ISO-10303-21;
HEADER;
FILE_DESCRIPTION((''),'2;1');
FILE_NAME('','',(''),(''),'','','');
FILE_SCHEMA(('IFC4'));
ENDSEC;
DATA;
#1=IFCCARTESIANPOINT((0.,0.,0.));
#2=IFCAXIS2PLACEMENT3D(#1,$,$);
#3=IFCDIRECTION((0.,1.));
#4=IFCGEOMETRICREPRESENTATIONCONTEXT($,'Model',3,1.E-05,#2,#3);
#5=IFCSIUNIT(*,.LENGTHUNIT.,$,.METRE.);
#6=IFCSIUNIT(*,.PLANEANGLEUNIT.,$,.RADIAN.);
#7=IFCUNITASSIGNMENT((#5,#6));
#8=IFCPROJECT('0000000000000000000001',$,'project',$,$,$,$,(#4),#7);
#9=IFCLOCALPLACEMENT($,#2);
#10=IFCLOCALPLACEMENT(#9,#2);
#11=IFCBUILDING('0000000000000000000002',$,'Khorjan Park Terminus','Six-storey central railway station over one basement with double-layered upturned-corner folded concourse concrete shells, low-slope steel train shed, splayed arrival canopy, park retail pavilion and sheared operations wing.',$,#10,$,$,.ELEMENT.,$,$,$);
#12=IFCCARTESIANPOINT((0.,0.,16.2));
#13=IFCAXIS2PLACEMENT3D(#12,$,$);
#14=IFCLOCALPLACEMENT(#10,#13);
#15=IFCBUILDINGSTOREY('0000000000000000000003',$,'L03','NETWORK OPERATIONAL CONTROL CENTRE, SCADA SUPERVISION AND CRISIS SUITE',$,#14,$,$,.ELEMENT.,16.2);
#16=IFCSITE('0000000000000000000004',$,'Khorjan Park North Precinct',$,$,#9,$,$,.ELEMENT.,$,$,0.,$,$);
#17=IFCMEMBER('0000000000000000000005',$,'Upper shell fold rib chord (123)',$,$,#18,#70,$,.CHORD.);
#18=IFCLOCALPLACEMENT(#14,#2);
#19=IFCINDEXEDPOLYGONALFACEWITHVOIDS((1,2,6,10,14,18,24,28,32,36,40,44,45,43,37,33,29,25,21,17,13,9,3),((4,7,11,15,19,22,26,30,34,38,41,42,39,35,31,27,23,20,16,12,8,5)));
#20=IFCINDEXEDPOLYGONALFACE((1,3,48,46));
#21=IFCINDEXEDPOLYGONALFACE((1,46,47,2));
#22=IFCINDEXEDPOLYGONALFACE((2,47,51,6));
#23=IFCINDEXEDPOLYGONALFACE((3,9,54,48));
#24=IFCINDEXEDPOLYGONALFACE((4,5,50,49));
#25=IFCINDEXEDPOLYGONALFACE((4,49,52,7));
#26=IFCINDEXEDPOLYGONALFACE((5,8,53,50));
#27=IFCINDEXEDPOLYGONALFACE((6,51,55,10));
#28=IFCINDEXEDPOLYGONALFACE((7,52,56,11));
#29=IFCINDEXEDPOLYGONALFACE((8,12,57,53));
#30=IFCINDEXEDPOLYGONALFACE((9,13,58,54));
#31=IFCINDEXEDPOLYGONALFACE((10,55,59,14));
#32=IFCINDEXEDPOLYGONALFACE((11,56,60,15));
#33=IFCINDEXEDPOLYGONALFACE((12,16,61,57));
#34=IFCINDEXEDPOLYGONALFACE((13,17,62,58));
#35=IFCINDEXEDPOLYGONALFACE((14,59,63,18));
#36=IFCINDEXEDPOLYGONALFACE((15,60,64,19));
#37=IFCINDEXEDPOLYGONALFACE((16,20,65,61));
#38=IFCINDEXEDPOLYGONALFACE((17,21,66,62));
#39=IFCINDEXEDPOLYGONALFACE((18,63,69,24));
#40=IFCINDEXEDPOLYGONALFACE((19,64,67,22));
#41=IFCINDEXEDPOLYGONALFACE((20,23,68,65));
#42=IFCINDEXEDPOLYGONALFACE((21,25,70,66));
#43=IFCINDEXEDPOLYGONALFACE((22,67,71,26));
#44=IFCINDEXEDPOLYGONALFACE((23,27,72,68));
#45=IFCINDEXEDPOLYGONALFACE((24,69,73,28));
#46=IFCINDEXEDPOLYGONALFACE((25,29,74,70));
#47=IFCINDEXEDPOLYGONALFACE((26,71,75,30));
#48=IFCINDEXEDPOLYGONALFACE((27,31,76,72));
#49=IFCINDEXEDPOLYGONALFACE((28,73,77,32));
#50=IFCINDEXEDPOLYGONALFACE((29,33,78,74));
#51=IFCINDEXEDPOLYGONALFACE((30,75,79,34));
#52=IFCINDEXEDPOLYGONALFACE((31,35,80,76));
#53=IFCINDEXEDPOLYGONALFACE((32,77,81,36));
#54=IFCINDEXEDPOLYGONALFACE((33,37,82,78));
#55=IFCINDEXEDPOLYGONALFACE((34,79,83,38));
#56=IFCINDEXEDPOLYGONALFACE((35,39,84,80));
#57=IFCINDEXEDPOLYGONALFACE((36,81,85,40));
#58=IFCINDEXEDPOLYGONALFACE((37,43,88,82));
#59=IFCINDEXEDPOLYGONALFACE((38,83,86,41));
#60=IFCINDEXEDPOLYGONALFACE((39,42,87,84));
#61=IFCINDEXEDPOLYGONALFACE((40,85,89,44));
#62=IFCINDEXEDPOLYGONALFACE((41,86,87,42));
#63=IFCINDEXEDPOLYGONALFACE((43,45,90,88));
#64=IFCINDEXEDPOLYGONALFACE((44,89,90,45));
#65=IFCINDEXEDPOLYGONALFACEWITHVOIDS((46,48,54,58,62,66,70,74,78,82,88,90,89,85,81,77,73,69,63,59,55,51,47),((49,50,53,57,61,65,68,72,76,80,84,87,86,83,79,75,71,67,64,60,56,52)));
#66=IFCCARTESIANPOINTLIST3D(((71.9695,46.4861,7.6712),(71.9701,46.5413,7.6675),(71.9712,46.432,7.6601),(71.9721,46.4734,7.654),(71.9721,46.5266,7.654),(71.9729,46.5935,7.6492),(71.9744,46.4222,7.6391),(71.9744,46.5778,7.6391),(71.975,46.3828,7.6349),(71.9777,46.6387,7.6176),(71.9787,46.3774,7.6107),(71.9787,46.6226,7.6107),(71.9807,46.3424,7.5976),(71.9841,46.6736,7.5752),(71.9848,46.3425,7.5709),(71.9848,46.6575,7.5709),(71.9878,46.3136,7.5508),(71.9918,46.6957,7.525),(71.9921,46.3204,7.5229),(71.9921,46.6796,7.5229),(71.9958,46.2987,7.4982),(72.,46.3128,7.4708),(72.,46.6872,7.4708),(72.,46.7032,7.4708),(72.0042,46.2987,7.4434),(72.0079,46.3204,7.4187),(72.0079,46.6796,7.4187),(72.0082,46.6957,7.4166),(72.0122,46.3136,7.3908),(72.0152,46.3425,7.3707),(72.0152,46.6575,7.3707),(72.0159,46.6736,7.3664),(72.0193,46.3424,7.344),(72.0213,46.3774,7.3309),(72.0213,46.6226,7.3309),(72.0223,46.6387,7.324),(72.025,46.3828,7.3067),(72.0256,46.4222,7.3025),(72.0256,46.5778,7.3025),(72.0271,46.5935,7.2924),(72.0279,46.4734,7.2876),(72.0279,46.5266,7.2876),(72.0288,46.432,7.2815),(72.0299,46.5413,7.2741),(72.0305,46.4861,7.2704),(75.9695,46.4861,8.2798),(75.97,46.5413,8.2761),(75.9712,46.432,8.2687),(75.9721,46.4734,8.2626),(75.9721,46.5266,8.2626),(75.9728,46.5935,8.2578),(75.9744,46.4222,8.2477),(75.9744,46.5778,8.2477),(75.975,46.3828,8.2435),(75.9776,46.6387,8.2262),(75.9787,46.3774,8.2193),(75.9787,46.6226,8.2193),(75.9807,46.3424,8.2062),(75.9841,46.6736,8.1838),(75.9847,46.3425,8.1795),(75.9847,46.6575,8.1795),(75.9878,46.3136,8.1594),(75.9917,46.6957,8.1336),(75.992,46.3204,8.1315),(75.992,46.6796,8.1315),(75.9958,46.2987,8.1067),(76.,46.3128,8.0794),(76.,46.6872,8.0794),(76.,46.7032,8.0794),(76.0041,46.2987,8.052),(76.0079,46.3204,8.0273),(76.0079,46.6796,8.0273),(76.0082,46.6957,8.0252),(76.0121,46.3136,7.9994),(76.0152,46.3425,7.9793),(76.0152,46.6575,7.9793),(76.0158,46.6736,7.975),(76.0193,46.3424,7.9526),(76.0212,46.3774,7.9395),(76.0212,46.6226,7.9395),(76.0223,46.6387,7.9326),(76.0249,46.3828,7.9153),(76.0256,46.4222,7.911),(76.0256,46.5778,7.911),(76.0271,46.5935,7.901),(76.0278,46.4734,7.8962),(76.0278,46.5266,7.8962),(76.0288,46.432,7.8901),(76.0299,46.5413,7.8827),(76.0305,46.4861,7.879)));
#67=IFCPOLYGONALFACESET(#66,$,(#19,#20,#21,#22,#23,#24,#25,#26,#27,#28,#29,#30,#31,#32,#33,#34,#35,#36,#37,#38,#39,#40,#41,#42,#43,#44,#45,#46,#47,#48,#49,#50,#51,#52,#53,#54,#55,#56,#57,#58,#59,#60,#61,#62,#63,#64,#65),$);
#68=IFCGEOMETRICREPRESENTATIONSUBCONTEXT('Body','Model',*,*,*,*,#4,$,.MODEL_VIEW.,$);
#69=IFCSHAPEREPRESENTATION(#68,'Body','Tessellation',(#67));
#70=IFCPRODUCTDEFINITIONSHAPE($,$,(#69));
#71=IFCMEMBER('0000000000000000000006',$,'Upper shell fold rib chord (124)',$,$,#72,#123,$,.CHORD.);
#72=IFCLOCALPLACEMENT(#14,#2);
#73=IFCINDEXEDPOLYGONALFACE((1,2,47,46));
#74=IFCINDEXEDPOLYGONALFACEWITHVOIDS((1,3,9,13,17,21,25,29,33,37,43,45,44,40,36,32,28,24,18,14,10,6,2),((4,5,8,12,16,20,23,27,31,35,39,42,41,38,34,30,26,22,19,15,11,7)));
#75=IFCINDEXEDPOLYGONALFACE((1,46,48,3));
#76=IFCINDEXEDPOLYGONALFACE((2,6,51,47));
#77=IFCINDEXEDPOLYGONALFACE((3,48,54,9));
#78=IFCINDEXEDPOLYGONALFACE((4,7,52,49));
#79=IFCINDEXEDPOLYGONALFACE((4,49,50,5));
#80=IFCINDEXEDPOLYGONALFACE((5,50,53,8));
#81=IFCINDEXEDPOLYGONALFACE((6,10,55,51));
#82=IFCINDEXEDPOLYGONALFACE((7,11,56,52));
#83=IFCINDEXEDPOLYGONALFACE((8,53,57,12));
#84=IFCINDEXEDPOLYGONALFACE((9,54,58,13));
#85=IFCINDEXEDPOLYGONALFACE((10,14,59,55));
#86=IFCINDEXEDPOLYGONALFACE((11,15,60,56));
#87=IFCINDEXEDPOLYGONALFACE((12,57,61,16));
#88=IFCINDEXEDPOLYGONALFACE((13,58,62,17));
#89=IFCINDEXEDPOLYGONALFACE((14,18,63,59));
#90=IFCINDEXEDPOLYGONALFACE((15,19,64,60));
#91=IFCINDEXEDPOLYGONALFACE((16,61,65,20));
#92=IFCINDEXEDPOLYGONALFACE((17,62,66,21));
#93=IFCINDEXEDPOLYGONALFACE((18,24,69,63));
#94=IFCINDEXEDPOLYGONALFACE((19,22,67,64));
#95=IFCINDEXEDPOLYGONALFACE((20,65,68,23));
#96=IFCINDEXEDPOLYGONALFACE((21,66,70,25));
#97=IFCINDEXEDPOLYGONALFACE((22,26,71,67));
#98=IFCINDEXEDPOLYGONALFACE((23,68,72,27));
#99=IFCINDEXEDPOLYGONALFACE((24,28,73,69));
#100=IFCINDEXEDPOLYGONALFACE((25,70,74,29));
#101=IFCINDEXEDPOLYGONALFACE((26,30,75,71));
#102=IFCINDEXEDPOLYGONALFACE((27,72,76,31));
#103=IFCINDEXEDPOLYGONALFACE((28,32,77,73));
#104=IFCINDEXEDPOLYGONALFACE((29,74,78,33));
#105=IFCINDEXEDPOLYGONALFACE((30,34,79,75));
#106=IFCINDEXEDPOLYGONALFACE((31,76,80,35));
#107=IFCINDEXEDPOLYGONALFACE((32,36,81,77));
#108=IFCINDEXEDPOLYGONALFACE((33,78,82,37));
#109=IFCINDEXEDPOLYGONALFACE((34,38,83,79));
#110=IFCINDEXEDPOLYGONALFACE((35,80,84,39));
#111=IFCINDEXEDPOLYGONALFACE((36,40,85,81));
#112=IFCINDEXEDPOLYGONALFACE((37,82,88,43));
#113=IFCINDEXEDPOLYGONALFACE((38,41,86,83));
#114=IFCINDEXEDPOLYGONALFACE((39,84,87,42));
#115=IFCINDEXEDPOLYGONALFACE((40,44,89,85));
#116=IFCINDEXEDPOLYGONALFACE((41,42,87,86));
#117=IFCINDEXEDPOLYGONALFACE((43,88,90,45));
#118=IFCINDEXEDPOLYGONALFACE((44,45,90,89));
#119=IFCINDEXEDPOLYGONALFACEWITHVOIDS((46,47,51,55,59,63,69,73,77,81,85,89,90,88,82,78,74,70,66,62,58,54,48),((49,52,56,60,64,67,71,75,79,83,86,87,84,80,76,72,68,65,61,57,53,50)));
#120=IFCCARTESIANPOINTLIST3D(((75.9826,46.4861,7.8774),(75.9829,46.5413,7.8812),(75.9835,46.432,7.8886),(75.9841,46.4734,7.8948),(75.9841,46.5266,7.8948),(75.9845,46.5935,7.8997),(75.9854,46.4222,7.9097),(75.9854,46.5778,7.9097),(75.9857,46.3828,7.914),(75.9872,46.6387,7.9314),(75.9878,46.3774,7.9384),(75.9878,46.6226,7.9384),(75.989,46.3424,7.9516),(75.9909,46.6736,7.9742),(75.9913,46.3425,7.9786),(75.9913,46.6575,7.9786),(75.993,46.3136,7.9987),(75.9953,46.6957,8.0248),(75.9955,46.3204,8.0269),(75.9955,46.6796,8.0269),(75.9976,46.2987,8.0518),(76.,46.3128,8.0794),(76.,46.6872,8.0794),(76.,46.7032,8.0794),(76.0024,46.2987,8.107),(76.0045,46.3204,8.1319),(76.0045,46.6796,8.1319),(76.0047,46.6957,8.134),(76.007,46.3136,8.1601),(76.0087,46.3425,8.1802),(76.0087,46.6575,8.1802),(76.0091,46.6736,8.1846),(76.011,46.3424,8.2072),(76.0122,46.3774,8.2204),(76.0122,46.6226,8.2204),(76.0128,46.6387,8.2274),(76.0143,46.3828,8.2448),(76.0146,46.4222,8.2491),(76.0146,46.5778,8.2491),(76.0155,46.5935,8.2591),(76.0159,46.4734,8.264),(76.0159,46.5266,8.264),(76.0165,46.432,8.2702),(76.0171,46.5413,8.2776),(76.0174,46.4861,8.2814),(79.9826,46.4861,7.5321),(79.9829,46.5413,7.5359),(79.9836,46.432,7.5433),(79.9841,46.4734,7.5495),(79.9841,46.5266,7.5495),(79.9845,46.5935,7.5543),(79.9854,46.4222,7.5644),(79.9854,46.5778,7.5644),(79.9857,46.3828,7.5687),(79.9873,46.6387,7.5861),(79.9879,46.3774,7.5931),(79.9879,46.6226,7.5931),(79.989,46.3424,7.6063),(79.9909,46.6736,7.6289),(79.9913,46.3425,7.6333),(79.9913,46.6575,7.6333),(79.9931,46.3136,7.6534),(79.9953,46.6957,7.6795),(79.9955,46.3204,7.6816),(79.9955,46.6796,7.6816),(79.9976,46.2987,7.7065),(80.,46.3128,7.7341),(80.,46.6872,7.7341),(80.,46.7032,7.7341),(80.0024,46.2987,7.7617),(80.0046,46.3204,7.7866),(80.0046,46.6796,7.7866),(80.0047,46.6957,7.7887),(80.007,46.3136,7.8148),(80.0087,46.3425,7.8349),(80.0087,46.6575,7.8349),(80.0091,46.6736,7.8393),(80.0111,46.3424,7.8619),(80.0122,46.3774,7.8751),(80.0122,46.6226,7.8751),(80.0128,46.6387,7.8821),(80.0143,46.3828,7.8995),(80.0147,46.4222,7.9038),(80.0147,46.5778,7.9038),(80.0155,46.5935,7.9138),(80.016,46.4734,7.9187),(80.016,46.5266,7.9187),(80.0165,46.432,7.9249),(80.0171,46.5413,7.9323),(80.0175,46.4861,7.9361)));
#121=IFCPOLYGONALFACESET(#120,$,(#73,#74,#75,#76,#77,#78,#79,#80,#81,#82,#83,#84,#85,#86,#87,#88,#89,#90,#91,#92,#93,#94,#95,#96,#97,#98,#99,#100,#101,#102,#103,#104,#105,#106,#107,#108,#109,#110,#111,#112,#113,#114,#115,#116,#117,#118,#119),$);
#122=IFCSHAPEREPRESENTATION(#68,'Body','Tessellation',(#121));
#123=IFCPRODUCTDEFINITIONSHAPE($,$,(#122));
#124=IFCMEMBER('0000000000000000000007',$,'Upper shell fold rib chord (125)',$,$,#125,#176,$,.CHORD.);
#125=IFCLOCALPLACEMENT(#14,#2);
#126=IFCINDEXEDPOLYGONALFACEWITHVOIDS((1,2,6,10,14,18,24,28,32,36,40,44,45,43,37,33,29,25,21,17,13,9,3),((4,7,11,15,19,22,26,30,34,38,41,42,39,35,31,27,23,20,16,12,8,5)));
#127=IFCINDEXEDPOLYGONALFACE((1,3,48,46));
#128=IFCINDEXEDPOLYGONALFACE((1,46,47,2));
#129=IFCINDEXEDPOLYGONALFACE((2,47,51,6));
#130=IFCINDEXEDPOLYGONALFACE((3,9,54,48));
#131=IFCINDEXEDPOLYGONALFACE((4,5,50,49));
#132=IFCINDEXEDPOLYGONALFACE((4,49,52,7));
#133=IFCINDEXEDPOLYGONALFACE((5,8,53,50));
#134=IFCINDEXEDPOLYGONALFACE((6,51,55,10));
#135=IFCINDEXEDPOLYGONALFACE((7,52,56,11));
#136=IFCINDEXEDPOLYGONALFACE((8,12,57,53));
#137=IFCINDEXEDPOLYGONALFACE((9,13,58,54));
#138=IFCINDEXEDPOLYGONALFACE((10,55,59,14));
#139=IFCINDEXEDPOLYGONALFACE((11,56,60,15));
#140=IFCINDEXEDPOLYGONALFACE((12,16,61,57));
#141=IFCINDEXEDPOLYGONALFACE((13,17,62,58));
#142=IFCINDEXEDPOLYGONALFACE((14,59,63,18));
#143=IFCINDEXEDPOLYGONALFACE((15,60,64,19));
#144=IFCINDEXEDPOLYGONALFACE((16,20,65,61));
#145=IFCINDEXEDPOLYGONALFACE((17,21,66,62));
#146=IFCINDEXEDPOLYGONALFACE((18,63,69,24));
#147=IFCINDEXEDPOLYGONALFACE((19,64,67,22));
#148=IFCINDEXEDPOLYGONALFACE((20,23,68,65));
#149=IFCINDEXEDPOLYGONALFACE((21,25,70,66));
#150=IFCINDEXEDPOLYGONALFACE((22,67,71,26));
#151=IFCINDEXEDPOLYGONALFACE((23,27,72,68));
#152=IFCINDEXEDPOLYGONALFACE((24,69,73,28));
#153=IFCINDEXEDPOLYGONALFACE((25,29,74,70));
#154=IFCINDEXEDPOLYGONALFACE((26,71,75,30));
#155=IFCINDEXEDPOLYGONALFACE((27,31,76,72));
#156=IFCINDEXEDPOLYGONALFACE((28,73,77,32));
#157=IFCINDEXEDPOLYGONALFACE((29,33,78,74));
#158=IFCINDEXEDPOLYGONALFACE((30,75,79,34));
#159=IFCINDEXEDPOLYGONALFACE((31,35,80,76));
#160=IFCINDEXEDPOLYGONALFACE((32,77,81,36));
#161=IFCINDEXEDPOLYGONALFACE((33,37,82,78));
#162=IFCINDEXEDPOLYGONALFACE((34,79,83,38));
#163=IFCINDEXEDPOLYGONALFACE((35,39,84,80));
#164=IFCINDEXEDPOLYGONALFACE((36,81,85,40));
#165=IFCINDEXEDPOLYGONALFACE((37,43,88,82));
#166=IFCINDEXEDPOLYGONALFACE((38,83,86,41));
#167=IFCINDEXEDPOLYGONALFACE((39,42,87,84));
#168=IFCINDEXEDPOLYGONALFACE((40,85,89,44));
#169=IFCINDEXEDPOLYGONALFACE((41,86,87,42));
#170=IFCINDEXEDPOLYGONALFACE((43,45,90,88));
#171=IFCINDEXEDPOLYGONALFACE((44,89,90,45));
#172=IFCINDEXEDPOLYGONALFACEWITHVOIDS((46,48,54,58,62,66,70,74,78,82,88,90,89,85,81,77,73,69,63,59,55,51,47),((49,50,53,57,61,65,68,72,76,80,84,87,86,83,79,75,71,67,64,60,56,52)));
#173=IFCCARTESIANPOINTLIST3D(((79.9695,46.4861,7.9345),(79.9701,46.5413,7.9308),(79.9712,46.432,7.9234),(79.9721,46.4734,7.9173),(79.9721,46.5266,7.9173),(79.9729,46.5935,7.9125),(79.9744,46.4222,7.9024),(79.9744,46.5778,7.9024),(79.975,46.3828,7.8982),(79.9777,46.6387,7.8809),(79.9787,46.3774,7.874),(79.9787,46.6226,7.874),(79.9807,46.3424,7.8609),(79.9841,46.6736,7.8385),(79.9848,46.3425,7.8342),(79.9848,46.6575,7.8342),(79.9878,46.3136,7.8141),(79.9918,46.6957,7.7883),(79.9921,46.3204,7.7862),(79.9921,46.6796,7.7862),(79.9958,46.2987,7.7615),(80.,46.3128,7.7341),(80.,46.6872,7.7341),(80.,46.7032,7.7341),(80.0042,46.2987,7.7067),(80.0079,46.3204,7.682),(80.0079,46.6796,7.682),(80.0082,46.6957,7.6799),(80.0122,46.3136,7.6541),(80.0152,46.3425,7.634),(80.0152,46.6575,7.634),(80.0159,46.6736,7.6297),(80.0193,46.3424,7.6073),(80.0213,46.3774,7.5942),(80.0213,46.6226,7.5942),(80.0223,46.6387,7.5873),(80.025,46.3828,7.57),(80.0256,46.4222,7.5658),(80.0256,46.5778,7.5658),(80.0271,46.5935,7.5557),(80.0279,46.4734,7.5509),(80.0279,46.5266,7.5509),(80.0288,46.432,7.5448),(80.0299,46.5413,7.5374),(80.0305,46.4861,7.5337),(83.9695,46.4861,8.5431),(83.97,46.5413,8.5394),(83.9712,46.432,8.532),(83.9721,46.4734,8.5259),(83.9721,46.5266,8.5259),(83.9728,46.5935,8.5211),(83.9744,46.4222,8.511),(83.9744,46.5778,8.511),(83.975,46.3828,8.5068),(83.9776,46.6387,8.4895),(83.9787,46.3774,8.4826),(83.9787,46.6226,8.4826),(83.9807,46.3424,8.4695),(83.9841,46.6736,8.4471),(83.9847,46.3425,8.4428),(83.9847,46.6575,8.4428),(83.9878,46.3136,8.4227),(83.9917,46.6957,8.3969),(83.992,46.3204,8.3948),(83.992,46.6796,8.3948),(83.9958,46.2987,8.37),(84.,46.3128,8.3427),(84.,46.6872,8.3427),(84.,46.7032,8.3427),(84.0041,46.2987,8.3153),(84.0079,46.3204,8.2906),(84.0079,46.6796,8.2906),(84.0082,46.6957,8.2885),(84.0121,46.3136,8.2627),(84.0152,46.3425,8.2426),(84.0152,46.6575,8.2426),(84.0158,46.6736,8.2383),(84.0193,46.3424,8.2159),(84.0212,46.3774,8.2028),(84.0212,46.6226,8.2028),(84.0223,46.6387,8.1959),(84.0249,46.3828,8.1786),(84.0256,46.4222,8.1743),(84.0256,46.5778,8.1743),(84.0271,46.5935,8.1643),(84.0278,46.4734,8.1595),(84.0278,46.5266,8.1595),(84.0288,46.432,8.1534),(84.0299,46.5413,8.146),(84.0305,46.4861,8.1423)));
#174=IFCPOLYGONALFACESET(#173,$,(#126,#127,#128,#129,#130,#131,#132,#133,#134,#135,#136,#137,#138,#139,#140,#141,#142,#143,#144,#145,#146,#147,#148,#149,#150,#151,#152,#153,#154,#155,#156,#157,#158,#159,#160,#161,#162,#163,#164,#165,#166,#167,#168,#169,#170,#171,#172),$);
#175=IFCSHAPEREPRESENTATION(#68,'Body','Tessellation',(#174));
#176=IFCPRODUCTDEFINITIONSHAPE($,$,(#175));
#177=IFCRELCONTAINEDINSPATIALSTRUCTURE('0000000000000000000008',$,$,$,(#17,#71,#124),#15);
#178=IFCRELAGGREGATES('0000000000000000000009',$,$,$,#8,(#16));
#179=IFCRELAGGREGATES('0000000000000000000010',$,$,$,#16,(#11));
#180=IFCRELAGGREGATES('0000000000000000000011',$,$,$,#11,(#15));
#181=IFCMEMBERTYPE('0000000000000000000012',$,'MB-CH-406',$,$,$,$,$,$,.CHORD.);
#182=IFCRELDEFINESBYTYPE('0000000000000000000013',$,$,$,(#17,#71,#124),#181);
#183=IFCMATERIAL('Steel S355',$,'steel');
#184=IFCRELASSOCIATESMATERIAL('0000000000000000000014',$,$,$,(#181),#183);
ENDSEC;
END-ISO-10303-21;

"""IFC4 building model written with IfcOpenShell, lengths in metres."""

from ifc_helpers import new_model, si_unit, direction, frame, origin, origin_2d, place, context, subcontext, project, spatial, hollow_circle, extrude, material, material_profile, profile_set, type_object, element, save


model = new_model("IFC4")

# Units and contexts
model_context = context("Model", 3, precision=1e-05, world=origin(), true_north=direction((0.0, 1.0)))
body_context = subcontext(model_context, "Body", "Model", "MODEL_VIEW")
ifc_project = project(units=[si_unit("LENGTHUNIT", "METRE"), si_unit("PLANEANGLEUNIT", "RADIAN")], contexts=[model_context])

# Site, building, storey
site_placement = place(None, origin())
site = spatial("IfcSite", under=ifc_project, at=site_placement, Name="Khorjan Park North Precinct", CompositionType="ELEMENT", RefElevation=0.0)
building_placement = place(site_placement, origin())
building = spatial("IfcBuilding", under=site, at=building_placement, Name="Khorjan Park Terminus", Description="Six-storey central railway station over one basement with double-layered upturned-corner folded concourse concrete shells, low-slope steel train shed, splayed arrival canopy, park retail pavilion and sheared operations wing.", CompositionType="ELEMENT")
storey_placement = place(building_placement, frame((0.0, 0.0, 16.2)))
storey = spatial("IfcBuildingStorey", under=building, at=storey_placement, Name="L03", Description="NETWORK OPERATIONAL CONTROL CENTRE, SCADA SUPERVISION AND CRISIS SUITE", CompositionType="ELEMENT", Elevation=16.2)

# Members
ifc_material = material(Name="Steel S355", Category="steel")
ifc_material_profile_1 = material_profile(ifc_material, hollow_circle(Radius=0.2032, WallThickness=0.016, at=origin_2d()), Name="CHS 406.4x16")
ifc_profile_set_1 = profile_set([ifc_material_profile_1], Name="Steel S355")
member_type_1 = type_object("IfcMemberType", Name="MB-CH-406", PredefinedType="CHORD", material=ifc_profile_set_1)
member_1_placement = place(storey_placement, frame((72.0, 46.5, 7.4708), z_axis=(0.988622, 0.0, 0.150419), x_axis=(0.0, 1.0, 0.0)))
element("IfcMember", 1, at=member_1_placement, inside=storey, type_object=member_type_1, Name="Upper shell fold rib chord (123)", PredefinedType="CHORD", context=body_context, shape_type="SweptSolid", body=[
    extrude(hollow_circle(Radius=0.2032, WallThickness=0.016, at=origin_2d()), origin(), (0.0, 0.0, 1.0), 4.046),
])
member_2_placement = place(storey_placement, frame((76.0, 46.5, 8.0794), z_axis=(0.996295, 0.0, -0.086005), x_axis=(0.0, 1.0, 0.0)))
element("IfcMember", 2, at=member_2_placement, inside=storey, type_object=member_type_1, Name="Upper shell fold rib chord (124)", PredefinedType="CHORD", context=body_context, shape_type="SweptSolid", body=[
    extrude(hollow_circle(Radius=0.2032, WallThickness=0.016, at=origin_2d()), origin(), (0.0, 0.0, 1.0), 4.0149),
])
member_3_placement = place(storey_placement, frame((80.0, 46.5, 7.7341), z_axis=(0.988622, 0.0, 0.150419), x_axis=(0.0, 1.0, 0.0)))
element("IfcMember", 3, at=member_3_placement, inside=storey, type_object=member_type_1, Name="Upper shell fold rib chord (125)", PredefinedType="CHORD", context=body_context, shape_type="SweptSolid", body=[
    extrude(hollow_circle(Radius=0.2032, WallThickness=0.016, at=origin_2d()), origin(), (0.0, 0.0, 1.0), 4.046),
])

save(model, "model.ifc")
